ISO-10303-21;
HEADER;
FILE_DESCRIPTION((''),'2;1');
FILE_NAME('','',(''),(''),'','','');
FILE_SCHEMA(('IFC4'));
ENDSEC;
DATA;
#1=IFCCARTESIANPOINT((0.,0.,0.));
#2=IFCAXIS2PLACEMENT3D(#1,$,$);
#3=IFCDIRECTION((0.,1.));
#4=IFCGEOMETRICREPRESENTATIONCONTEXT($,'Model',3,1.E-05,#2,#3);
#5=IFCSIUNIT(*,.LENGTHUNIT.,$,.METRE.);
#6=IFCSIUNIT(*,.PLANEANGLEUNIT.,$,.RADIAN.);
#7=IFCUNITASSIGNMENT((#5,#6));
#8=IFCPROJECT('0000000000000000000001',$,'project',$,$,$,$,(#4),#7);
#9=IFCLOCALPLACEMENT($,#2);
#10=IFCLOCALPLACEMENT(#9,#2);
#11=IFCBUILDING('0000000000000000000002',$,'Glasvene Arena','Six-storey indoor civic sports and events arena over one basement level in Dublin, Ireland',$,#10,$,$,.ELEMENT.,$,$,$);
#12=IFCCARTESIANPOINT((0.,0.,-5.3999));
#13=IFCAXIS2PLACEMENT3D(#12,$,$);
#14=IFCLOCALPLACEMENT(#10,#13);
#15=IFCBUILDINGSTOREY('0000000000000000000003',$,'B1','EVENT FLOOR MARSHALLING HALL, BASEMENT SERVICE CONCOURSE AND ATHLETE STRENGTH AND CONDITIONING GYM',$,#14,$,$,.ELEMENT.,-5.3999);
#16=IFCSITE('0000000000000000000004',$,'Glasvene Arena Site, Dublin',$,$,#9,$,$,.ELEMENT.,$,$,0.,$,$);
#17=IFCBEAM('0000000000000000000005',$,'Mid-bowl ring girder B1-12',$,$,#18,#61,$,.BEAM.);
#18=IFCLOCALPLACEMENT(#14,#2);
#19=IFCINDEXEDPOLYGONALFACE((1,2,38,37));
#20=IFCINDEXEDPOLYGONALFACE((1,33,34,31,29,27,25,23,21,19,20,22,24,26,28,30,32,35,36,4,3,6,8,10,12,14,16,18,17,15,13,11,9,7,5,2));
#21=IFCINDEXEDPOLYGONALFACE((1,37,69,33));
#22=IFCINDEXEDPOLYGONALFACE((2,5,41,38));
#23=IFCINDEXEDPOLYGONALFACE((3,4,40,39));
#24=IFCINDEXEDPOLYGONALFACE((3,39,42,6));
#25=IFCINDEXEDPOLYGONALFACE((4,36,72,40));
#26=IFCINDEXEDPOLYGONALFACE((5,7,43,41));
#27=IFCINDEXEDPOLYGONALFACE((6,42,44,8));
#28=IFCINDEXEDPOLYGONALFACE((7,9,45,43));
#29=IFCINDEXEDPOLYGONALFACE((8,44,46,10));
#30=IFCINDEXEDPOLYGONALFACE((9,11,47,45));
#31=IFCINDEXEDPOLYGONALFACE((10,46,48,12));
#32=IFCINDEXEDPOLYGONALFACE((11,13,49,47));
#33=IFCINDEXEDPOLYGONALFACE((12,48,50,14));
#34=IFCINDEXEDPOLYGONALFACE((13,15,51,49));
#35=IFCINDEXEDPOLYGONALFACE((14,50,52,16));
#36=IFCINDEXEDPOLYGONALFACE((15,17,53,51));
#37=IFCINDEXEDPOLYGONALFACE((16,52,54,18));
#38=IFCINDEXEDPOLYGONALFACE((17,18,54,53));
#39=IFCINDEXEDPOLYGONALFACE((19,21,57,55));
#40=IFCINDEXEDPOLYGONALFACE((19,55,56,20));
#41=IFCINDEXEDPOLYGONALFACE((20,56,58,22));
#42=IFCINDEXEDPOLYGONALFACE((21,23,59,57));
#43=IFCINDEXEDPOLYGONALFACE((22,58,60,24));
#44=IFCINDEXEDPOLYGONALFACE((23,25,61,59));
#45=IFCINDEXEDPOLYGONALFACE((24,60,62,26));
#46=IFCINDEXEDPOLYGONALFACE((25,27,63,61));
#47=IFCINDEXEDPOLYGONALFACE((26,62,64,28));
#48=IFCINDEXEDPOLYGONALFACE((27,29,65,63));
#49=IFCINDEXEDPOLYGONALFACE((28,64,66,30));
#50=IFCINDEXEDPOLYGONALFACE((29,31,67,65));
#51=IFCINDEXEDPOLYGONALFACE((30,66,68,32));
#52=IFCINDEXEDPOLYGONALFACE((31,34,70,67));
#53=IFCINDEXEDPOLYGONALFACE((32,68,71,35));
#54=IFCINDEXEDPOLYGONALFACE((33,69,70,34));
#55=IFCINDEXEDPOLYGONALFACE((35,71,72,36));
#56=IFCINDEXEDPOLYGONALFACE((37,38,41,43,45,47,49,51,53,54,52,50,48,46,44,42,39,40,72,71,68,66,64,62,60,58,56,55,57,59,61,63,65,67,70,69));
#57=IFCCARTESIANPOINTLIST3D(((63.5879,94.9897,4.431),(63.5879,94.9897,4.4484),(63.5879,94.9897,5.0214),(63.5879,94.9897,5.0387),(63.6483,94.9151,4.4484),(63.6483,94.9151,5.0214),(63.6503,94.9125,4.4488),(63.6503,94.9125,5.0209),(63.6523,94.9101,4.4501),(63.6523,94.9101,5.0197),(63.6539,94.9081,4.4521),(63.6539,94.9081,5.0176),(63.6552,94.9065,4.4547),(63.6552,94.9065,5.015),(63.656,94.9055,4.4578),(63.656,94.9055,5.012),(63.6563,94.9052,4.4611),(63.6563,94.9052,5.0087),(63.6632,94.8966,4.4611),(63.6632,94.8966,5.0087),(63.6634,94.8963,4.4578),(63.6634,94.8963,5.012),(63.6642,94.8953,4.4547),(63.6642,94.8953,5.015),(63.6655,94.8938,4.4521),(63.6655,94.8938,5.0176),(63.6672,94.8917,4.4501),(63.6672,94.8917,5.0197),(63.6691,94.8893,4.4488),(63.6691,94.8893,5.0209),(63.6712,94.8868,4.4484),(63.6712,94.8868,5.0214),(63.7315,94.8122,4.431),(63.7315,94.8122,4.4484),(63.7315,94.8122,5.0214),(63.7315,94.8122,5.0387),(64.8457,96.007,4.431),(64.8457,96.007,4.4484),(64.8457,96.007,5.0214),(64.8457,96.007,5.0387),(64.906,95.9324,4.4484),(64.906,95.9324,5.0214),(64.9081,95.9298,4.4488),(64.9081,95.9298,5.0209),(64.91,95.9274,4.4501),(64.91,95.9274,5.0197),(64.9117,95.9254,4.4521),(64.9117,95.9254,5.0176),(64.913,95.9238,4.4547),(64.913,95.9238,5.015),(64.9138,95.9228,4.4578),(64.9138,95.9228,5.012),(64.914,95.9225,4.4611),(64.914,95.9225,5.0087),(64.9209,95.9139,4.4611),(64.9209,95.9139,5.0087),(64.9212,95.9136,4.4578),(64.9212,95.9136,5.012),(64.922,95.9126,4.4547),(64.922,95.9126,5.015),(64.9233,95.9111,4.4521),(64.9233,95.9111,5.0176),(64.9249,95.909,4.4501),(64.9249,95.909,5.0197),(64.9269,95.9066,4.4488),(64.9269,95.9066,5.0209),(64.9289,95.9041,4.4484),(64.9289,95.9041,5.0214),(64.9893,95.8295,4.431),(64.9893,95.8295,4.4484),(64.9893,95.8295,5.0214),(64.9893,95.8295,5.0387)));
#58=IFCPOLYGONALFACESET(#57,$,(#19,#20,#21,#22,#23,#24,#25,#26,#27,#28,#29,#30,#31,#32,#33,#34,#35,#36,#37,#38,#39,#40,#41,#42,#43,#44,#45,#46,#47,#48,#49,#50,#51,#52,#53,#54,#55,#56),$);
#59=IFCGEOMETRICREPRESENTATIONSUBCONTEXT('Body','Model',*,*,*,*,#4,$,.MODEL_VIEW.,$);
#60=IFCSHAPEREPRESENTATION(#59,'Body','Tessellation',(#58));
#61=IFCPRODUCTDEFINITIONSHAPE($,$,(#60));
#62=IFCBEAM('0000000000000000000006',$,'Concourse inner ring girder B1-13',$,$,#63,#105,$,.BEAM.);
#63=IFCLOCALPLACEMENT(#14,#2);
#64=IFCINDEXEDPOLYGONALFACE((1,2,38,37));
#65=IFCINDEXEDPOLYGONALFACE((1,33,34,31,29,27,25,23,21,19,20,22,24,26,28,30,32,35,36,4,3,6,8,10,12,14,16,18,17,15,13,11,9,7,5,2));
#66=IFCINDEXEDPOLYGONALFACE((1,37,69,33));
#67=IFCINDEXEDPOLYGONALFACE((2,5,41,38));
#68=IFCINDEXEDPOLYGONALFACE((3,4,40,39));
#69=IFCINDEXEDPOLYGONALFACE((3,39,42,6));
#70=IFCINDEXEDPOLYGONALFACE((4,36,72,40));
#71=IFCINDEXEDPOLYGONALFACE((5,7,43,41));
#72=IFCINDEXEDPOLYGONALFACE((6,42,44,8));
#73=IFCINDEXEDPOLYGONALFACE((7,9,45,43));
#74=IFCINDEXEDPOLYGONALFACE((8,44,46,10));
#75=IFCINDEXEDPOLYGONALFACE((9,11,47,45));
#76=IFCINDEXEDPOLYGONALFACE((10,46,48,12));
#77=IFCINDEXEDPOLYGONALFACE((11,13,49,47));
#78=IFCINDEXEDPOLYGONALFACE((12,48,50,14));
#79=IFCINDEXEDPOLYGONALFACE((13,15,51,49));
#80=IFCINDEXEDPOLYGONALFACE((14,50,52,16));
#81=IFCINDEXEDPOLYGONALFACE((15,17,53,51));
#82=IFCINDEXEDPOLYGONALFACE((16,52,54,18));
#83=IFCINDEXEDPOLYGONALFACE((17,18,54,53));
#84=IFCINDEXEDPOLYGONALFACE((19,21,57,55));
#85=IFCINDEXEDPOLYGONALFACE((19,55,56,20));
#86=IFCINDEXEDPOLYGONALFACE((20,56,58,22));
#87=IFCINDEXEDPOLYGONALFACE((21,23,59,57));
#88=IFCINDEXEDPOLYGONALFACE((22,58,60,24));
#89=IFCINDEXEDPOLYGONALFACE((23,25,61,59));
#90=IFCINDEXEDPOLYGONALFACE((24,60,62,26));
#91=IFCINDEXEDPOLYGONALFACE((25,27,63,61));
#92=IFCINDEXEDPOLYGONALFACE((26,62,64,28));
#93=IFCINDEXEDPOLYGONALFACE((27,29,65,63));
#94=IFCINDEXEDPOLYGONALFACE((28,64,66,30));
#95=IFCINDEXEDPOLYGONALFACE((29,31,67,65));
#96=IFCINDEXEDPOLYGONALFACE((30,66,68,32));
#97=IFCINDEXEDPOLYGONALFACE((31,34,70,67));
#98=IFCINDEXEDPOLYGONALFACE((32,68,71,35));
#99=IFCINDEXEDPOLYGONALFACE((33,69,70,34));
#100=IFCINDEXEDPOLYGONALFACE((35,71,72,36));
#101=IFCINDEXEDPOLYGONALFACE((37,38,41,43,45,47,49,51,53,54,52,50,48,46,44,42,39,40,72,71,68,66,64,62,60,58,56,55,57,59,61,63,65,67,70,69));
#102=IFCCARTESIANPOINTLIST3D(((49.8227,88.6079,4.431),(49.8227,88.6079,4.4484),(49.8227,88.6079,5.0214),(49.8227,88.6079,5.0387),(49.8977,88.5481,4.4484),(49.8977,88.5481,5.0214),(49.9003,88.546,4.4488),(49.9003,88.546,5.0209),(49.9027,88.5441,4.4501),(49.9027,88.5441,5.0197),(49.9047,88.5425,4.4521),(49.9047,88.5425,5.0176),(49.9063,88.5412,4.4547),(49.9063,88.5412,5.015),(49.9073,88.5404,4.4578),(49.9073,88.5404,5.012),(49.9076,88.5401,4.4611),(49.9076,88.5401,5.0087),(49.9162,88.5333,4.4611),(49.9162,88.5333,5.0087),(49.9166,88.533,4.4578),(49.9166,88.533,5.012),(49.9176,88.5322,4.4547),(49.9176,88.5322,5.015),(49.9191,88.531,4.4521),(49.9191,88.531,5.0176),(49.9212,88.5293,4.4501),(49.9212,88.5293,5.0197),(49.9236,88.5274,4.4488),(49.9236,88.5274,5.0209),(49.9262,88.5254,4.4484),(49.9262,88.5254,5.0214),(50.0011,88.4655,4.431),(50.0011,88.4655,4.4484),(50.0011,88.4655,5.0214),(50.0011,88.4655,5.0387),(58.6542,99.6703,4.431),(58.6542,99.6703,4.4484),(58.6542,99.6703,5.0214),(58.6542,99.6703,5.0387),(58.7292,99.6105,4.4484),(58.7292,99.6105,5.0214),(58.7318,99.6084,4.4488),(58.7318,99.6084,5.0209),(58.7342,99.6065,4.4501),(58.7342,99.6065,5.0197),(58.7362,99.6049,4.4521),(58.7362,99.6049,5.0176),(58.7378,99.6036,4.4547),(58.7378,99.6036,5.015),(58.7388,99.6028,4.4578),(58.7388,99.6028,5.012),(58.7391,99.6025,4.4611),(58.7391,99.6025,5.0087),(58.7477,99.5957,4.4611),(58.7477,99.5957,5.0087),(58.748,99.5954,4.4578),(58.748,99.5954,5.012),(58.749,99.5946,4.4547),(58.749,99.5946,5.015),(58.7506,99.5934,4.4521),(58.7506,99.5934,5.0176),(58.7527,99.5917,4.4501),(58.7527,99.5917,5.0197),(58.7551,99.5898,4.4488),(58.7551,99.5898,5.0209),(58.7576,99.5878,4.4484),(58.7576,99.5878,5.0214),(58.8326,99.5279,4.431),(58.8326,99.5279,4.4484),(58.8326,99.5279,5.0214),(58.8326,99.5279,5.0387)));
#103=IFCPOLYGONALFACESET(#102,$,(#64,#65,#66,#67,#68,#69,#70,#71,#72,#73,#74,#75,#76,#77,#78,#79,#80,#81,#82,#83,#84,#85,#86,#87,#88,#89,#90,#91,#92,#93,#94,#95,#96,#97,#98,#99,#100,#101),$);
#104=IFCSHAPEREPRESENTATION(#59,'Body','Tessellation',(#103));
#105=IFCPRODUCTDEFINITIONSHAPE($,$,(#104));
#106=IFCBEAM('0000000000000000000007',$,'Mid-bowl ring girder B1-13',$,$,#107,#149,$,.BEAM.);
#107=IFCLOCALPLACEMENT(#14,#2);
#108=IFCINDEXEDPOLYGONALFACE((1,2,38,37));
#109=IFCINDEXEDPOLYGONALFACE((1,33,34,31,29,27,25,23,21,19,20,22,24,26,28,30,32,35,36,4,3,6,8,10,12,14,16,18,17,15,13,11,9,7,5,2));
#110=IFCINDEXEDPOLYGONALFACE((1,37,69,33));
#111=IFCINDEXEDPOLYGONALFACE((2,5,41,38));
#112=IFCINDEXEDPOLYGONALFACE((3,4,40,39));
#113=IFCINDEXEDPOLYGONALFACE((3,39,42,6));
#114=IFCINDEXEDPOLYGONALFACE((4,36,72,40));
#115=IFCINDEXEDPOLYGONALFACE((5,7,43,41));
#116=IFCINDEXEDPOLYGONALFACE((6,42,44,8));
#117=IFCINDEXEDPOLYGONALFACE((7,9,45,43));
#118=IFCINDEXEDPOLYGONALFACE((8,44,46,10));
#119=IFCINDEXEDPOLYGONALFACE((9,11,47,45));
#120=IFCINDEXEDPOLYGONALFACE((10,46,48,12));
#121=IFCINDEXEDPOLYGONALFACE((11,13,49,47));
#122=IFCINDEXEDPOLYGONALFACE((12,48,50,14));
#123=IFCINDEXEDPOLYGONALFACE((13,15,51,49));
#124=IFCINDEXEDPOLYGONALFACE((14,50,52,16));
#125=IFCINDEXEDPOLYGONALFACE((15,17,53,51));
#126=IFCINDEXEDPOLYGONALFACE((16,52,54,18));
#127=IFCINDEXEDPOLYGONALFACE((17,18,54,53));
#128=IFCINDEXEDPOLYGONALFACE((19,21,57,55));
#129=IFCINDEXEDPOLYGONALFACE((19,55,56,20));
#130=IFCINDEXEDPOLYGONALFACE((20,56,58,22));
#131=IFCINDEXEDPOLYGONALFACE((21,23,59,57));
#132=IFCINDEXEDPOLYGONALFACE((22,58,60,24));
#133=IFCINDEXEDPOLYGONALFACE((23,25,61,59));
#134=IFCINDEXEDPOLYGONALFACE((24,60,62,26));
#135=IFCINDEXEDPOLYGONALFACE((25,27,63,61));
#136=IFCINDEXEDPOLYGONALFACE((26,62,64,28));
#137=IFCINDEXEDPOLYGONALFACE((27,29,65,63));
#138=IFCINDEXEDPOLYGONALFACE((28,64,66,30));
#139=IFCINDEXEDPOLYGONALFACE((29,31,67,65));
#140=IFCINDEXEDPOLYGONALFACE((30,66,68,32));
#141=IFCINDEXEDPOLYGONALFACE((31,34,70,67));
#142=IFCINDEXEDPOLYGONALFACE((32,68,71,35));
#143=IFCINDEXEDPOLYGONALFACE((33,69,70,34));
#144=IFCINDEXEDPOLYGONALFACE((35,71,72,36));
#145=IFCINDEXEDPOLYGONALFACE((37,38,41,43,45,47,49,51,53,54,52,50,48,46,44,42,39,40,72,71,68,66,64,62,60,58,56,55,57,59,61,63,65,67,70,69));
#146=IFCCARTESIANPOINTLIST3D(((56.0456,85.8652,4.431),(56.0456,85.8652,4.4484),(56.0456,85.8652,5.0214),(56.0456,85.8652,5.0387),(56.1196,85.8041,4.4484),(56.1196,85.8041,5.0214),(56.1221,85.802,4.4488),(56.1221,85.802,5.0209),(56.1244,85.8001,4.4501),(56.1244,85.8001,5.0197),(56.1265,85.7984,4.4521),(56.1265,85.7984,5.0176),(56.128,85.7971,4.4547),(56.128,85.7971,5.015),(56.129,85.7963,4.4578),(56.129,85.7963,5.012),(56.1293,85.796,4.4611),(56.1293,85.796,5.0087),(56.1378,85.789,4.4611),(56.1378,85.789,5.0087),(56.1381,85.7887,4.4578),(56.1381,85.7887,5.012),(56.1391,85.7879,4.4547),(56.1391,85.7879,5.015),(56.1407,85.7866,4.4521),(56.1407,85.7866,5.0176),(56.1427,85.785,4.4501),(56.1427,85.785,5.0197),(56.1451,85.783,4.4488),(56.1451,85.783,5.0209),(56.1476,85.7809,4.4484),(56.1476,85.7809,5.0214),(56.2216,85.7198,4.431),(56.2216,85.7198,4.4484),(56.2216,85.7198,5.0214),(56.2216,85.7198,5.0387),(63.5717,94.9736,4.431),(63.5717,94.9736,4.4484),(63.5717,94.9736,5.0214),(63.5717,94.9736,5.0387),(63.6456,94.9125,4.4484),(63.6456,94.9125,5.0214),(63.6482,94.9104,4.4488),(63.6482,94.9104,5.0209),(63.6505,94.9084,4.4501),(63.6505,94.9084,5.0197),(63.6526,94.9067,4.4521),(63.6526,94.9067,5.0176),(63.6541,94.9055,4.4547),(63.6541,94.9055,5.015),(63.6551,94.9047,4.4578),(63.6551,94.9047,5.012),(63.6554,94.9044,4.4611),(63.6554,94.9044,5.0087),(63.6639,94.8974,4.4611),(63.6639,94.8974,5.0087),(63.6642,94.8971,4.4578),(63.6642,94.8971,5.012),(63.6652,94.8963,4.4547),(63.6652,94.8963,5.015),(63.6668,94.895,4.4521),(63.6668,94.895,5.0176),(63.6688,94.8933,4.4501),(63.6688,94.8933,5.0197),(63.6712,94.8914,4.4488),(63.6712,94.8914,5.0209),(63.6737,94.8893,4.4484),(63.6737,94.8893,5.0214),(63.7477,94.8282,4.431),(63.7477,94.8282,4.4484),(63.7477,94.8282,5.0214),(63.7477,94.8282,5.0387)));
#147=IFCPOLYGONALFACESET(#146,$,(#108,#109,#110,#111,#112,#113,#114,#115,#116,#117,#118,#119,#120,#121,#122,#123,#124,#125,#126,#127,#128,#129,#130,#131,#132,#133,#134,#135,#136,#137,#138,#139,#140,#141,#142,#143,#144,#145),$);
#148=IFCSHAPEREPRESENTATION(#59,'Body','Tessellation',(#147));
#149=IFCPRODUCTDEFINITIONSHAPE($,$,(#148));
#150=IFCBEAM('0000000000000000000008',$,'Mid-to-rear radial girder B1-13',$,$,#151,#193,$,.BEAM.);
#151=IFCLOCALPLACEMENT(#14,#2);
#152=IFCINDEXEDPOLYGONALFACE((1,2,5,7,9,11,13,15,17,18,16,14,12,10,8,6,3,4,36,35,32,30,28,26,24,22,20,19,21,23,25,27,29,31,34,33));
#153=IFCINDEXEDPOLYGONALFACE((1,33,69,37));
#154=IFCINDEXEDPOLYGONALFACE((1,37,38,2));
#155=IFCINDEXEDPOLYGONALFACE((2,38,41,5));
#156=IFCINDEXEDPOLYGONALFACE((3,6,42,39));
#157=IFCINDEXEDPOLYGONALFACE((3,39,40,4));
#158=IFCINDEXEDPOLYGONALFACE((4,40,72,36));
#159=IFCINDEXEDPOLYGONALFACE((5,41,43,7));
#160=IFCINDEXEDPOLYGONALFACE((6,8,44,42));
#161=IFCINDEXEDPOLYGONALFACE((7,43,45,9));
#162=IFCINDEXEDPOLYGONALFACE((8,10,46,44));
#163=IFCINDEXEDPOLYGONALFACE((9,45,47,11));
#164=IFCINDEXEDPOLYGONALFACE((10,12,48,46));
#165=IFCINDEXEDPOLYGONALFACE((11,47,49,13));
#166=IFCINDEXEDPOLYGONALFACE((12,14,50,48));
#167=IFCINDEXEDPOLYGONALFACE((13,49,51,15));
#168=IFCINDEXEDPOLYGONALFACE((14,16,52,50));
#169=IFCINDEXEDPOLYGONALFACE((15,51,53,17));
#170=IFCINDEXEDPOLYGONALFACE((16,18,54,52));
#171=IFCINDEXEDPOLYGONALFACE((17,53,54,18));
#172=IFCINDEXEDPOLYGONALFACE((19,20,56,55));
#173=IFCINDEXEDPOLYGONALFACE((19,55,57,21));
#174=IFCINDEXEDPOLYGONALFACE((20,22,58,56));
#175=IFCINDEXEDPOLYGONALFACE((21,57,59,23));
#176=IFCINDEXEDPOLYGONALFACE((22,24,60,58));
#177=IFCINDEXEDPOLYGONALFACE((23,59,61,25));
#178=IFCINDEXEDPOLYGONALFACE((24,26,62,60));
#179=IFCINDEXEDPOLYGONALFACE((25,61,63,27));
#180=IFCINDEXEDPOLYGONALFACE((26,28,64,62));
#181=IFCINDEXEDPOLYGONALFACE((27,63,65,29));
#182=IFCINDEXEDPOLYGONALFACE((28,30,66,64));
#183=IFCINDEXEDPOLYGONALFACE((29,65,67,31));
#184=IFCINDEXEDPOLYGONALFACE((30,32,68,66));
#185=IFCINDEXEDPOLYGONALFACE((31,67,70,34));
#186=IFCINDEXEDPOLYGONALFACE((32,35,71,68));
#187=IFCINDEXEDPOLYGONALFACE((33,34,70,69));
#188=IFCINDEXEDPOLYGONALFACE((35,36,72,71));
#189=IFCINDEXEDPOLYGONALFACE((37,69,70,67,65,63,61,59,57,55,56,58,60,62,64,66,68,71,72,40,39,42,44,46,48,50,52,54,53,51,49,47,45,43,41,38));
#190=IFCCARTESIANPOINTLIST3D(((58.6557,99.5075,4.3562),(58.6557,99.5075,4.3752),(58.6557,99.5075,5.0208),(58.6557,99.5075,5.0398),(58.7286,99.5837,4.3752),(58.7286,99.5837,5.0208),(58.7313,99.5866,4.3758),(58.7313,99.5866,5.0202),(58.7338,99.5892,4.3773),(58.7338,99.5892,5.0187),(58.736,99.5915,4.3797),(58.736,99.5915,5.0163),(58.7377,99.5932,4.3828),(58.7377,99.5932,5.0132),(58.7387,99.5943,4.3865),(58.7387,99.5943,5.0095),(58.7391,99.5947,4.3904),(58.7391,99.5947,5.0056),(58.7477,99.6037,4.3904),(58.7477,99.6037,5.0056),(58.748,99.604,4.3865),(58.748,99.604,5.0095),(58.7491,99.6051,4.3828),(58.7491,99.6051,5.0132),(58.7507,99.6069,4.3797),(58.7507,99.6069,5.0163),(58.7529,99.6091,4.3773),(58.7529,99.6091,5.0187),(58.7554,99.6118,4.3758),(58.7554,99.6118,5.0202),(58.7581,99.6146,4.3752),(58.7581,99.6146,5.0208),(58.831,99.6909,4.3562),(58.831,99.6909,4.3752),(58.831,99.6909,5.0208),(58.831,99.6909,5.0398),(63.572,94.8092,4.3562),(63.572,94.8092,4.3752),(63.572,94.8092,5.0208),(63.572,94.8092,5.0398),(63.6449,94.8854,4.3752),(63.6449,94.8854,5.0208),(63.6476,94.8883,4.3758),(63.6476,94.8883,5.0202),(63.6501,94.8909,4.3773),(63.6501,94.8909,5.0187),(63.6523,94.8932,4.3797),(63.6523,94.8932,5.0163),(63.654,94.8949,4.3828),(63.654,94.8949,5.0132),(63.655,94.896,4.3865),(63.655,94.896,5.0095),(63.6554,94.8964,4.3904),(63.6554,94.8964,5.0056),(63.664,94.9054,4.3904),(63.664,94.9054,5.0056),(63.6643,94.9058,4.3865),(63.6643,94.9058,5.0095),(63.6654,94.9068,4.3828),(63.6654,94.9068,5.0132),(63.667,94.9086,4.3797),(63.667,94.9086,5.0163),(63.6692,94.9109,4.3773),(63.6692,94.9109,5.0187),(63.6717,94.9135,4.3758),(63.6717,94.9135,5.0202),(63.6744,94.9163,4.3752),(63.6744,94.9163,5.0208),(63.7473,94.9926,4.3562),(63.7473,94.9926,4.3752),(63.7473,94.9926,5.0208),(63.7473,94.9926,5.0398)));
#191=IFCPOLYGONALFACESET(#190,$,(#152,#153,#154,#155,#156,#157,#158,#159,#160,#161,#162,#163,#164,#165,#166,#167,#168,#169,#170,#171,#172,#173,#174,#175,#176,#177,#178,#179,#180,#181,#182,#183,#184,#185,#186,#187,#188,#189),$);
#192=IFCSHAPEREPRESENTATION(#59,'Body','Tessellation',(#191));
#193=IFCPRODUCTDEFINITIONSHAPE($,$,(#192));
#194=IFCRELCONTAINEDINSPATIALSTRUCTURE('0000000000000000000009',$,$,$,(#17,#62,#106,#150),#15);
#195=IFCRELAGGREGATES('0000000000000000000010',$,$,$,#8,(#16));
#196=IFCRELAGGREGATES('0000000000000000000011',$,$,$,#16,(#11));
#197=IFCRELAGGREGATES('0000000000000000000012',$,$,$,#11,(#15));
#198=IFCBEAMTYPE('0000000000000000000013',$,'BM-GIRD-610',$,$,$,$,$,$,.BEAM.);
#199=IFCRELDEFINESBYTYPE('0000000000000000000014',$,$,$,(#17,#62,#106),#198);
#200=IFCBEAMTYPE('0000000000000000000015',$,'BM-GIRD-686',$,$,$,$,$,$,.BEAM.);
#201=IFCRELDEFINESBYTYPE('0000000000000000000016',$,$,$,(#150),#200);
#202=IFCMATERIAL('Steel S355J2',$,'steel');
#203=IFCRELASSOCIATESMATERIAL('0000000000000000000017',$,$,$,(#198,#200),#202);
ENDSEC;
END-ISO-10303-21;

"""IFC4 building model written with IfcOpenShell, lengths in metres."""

from ifc_helpers import new_model, si_unit, direction, frame, origin, origin_2d, place, context, subcontext, project, spatial, i_section, extrude, material, material_profile, profile_set, type_object, element, save


model = new_model("IFC4")

# Units and contexts
model_context = context("Model", 3, precision=1e-05, world=origin(), true_north=direction((0.0, 1.0)))
body_context = subcontext(model_context, "Body", "Model", "MODEL_VIEW")
ifc_project = project(units=[si_unit("LENGTHUNIT", "METRE"), si_unit("PLANEANGLEUNIT", "RADIAN")], contexts=[model_context])

# Site, building, storey
site_placement = place(None, origin())
site = spatial("IfcSite", under=ifc_project, at=site_placement, Name="Glasvene Arena Site, Dublin", CompositionType="ELEMENT", RefElevation=0.0)
building_placement = place(site_placement, origin())
building = spatial("IfcBuilding", under=site, at=building_placement, Name="Glasvene Arena", Description="Six-storey indoor civic sports and events arena over one basement level in Dublin, Ireland", CompositionType="ELEMENT")
storey_placement = place(building_placement, frame((0.0, 0.0, -5.3999)))
storey = spatial("IfcBuildingStorey", under=building, at=storey_placement, Name="B1", Description="EVENT FLOOR MARSHALLING HALL, BASEMENT SERVICE CONCOURSE AND ATHLETE STRENGTH AND CONDITIONING GYM", CompositionType="ELEMENT", Elevation=-5.3999)

# Shared definitions
ifc_material_1 = material(Name="Steel S355J2", Category="steel")

# Beams
ifc_material_profile_1 = material_profile(ifc_material_1, i_section(OverallWidth=0.2283, OverallDepth=0.6077, WebThickness=0.011, FlangeThickness=0.0173, FilletRadius=0.0127, at=origin_2d()), Name="UKB 610x229x113")
ifc_profile_set_1 = profile_set([ifc_material_profile_1], Name="Steel S355J2")
beam_type_1 = type_object("IfcBeamType", Name="BM-GIRD-610", PredefinedType="BEAM", material=ifc_profile_set_1)
beam_1_placement = place(storey_placement, frame((64.9175, 95.9182, 4.7349), z_axis=(-0.777515, -0.628864, 0.0), x_axis=(0.628864, -0.777515, 0.0)))
element("IfcBeam", 1, at=beam_1_placement, inside=storey, type_object=beam_type_1, Name="Mid-bowl ring girder B1-12", PredefinedType="BEAM", context=body_context, shape_type="SweptSolid", body=[
    extrude(i_section(OverallWidth=0.2283, OverallDepth=0.6077, WebThickness=0.011, FlangeThickness=0.0173, FilletRadius=0.0127, at=origin_2d()), origin(), (0.0, 0.0, 1.0), 1.6177),
])
beam_2_placement = place(storey_placement, frame((58.7434, 99.5991, 4.7349), z_axis=(-0.6239, -0.781504, 0.0), x_axis=(0.781504, -0.6239, 0.0)))
element("IfcBeam", 2, at=beam_2_placement, inside=storey, type_object=beam_type_1, Name="Concourse inner ring girder B1-13", PredefinedType="BEAM", context=body_context, shape_type="SweptSolid", body=[
    extrude(i_section(OverallWidth=0.2283, OverallDepth=0.6077, WebThickness=0.011, FlangeThickness=0.0173, FilletRadius=0.0127, at=origin_2d()), origin(), (0.0, 0.0, 1.0), 14.1553),
])
beam_3_placement = place(storey_placement, frame((63.6597, 94.9009, 4.7349), z_axis=(-0.636972, -0.770887, 0.0), x_axis=(0.770887, -0.636972, 0.0)))
element("IfcBeam", 3, at=beam_3_placement, inside=storey, type_object=beam_type_1, Name="Mid-bowl ring girder B1-13", PredefinedType="BEAM", context=body_context, shape_type="SweptSolid", body=[
    extrude(i_section(OverallWidth=0.2283, OverallDepth=0.6077, WebThickness=0.011, FlangeThickness=0.0173, FilletRadius=0.0127, at=origin_2d()), origin(), (0.0, 0.0, 1.0), 11.8154),
])
ifc_material_profile_2 = material_profile(ifc_material_1, i_section(OverallWidth=0.2537, OverallDepth=0.6836, WebThickness=0.0125, FlangeThickness=0.019, FilletRadius=0.0151, at=origin_2d()), Name="UKB 686x254x140")
ifc_profile_set_2 = profile_set([ifc_material_profile_2], Name="Steel S355J2")
beam_type_2 = type_object("IfcBeamType", Name="BM-GIRD-686", PredefinedType="BEAM", material=ifc_profile_set_2)
beam_4_placement = place(storey_placement, frame((63.6597, 94.9009, 4.698), z_axis=(-0.722955, 0.690895, 0.0), x_axis=(-0.690895, -0.722955, 0.0)))
element("IfcBeam", 4, at=beam_4_placement, inside=storey, type_object=beam_type_2, Name="Mid-to-rear radial girder B1-13", PredefinedType="BEAM", context=body_context, shape_type="SweptSolid", body=[
    extrude(i_section(OverallWidth=0.2537, OverallDepth=0.6836, WebThickness=0.0125, FlangeThickness=0.019, FilletRadius=0.0151, at=origin_2d()), origin(), (0.0, 0.0, 1.0), 6.8003),
])

save(model, "model.ifc")
